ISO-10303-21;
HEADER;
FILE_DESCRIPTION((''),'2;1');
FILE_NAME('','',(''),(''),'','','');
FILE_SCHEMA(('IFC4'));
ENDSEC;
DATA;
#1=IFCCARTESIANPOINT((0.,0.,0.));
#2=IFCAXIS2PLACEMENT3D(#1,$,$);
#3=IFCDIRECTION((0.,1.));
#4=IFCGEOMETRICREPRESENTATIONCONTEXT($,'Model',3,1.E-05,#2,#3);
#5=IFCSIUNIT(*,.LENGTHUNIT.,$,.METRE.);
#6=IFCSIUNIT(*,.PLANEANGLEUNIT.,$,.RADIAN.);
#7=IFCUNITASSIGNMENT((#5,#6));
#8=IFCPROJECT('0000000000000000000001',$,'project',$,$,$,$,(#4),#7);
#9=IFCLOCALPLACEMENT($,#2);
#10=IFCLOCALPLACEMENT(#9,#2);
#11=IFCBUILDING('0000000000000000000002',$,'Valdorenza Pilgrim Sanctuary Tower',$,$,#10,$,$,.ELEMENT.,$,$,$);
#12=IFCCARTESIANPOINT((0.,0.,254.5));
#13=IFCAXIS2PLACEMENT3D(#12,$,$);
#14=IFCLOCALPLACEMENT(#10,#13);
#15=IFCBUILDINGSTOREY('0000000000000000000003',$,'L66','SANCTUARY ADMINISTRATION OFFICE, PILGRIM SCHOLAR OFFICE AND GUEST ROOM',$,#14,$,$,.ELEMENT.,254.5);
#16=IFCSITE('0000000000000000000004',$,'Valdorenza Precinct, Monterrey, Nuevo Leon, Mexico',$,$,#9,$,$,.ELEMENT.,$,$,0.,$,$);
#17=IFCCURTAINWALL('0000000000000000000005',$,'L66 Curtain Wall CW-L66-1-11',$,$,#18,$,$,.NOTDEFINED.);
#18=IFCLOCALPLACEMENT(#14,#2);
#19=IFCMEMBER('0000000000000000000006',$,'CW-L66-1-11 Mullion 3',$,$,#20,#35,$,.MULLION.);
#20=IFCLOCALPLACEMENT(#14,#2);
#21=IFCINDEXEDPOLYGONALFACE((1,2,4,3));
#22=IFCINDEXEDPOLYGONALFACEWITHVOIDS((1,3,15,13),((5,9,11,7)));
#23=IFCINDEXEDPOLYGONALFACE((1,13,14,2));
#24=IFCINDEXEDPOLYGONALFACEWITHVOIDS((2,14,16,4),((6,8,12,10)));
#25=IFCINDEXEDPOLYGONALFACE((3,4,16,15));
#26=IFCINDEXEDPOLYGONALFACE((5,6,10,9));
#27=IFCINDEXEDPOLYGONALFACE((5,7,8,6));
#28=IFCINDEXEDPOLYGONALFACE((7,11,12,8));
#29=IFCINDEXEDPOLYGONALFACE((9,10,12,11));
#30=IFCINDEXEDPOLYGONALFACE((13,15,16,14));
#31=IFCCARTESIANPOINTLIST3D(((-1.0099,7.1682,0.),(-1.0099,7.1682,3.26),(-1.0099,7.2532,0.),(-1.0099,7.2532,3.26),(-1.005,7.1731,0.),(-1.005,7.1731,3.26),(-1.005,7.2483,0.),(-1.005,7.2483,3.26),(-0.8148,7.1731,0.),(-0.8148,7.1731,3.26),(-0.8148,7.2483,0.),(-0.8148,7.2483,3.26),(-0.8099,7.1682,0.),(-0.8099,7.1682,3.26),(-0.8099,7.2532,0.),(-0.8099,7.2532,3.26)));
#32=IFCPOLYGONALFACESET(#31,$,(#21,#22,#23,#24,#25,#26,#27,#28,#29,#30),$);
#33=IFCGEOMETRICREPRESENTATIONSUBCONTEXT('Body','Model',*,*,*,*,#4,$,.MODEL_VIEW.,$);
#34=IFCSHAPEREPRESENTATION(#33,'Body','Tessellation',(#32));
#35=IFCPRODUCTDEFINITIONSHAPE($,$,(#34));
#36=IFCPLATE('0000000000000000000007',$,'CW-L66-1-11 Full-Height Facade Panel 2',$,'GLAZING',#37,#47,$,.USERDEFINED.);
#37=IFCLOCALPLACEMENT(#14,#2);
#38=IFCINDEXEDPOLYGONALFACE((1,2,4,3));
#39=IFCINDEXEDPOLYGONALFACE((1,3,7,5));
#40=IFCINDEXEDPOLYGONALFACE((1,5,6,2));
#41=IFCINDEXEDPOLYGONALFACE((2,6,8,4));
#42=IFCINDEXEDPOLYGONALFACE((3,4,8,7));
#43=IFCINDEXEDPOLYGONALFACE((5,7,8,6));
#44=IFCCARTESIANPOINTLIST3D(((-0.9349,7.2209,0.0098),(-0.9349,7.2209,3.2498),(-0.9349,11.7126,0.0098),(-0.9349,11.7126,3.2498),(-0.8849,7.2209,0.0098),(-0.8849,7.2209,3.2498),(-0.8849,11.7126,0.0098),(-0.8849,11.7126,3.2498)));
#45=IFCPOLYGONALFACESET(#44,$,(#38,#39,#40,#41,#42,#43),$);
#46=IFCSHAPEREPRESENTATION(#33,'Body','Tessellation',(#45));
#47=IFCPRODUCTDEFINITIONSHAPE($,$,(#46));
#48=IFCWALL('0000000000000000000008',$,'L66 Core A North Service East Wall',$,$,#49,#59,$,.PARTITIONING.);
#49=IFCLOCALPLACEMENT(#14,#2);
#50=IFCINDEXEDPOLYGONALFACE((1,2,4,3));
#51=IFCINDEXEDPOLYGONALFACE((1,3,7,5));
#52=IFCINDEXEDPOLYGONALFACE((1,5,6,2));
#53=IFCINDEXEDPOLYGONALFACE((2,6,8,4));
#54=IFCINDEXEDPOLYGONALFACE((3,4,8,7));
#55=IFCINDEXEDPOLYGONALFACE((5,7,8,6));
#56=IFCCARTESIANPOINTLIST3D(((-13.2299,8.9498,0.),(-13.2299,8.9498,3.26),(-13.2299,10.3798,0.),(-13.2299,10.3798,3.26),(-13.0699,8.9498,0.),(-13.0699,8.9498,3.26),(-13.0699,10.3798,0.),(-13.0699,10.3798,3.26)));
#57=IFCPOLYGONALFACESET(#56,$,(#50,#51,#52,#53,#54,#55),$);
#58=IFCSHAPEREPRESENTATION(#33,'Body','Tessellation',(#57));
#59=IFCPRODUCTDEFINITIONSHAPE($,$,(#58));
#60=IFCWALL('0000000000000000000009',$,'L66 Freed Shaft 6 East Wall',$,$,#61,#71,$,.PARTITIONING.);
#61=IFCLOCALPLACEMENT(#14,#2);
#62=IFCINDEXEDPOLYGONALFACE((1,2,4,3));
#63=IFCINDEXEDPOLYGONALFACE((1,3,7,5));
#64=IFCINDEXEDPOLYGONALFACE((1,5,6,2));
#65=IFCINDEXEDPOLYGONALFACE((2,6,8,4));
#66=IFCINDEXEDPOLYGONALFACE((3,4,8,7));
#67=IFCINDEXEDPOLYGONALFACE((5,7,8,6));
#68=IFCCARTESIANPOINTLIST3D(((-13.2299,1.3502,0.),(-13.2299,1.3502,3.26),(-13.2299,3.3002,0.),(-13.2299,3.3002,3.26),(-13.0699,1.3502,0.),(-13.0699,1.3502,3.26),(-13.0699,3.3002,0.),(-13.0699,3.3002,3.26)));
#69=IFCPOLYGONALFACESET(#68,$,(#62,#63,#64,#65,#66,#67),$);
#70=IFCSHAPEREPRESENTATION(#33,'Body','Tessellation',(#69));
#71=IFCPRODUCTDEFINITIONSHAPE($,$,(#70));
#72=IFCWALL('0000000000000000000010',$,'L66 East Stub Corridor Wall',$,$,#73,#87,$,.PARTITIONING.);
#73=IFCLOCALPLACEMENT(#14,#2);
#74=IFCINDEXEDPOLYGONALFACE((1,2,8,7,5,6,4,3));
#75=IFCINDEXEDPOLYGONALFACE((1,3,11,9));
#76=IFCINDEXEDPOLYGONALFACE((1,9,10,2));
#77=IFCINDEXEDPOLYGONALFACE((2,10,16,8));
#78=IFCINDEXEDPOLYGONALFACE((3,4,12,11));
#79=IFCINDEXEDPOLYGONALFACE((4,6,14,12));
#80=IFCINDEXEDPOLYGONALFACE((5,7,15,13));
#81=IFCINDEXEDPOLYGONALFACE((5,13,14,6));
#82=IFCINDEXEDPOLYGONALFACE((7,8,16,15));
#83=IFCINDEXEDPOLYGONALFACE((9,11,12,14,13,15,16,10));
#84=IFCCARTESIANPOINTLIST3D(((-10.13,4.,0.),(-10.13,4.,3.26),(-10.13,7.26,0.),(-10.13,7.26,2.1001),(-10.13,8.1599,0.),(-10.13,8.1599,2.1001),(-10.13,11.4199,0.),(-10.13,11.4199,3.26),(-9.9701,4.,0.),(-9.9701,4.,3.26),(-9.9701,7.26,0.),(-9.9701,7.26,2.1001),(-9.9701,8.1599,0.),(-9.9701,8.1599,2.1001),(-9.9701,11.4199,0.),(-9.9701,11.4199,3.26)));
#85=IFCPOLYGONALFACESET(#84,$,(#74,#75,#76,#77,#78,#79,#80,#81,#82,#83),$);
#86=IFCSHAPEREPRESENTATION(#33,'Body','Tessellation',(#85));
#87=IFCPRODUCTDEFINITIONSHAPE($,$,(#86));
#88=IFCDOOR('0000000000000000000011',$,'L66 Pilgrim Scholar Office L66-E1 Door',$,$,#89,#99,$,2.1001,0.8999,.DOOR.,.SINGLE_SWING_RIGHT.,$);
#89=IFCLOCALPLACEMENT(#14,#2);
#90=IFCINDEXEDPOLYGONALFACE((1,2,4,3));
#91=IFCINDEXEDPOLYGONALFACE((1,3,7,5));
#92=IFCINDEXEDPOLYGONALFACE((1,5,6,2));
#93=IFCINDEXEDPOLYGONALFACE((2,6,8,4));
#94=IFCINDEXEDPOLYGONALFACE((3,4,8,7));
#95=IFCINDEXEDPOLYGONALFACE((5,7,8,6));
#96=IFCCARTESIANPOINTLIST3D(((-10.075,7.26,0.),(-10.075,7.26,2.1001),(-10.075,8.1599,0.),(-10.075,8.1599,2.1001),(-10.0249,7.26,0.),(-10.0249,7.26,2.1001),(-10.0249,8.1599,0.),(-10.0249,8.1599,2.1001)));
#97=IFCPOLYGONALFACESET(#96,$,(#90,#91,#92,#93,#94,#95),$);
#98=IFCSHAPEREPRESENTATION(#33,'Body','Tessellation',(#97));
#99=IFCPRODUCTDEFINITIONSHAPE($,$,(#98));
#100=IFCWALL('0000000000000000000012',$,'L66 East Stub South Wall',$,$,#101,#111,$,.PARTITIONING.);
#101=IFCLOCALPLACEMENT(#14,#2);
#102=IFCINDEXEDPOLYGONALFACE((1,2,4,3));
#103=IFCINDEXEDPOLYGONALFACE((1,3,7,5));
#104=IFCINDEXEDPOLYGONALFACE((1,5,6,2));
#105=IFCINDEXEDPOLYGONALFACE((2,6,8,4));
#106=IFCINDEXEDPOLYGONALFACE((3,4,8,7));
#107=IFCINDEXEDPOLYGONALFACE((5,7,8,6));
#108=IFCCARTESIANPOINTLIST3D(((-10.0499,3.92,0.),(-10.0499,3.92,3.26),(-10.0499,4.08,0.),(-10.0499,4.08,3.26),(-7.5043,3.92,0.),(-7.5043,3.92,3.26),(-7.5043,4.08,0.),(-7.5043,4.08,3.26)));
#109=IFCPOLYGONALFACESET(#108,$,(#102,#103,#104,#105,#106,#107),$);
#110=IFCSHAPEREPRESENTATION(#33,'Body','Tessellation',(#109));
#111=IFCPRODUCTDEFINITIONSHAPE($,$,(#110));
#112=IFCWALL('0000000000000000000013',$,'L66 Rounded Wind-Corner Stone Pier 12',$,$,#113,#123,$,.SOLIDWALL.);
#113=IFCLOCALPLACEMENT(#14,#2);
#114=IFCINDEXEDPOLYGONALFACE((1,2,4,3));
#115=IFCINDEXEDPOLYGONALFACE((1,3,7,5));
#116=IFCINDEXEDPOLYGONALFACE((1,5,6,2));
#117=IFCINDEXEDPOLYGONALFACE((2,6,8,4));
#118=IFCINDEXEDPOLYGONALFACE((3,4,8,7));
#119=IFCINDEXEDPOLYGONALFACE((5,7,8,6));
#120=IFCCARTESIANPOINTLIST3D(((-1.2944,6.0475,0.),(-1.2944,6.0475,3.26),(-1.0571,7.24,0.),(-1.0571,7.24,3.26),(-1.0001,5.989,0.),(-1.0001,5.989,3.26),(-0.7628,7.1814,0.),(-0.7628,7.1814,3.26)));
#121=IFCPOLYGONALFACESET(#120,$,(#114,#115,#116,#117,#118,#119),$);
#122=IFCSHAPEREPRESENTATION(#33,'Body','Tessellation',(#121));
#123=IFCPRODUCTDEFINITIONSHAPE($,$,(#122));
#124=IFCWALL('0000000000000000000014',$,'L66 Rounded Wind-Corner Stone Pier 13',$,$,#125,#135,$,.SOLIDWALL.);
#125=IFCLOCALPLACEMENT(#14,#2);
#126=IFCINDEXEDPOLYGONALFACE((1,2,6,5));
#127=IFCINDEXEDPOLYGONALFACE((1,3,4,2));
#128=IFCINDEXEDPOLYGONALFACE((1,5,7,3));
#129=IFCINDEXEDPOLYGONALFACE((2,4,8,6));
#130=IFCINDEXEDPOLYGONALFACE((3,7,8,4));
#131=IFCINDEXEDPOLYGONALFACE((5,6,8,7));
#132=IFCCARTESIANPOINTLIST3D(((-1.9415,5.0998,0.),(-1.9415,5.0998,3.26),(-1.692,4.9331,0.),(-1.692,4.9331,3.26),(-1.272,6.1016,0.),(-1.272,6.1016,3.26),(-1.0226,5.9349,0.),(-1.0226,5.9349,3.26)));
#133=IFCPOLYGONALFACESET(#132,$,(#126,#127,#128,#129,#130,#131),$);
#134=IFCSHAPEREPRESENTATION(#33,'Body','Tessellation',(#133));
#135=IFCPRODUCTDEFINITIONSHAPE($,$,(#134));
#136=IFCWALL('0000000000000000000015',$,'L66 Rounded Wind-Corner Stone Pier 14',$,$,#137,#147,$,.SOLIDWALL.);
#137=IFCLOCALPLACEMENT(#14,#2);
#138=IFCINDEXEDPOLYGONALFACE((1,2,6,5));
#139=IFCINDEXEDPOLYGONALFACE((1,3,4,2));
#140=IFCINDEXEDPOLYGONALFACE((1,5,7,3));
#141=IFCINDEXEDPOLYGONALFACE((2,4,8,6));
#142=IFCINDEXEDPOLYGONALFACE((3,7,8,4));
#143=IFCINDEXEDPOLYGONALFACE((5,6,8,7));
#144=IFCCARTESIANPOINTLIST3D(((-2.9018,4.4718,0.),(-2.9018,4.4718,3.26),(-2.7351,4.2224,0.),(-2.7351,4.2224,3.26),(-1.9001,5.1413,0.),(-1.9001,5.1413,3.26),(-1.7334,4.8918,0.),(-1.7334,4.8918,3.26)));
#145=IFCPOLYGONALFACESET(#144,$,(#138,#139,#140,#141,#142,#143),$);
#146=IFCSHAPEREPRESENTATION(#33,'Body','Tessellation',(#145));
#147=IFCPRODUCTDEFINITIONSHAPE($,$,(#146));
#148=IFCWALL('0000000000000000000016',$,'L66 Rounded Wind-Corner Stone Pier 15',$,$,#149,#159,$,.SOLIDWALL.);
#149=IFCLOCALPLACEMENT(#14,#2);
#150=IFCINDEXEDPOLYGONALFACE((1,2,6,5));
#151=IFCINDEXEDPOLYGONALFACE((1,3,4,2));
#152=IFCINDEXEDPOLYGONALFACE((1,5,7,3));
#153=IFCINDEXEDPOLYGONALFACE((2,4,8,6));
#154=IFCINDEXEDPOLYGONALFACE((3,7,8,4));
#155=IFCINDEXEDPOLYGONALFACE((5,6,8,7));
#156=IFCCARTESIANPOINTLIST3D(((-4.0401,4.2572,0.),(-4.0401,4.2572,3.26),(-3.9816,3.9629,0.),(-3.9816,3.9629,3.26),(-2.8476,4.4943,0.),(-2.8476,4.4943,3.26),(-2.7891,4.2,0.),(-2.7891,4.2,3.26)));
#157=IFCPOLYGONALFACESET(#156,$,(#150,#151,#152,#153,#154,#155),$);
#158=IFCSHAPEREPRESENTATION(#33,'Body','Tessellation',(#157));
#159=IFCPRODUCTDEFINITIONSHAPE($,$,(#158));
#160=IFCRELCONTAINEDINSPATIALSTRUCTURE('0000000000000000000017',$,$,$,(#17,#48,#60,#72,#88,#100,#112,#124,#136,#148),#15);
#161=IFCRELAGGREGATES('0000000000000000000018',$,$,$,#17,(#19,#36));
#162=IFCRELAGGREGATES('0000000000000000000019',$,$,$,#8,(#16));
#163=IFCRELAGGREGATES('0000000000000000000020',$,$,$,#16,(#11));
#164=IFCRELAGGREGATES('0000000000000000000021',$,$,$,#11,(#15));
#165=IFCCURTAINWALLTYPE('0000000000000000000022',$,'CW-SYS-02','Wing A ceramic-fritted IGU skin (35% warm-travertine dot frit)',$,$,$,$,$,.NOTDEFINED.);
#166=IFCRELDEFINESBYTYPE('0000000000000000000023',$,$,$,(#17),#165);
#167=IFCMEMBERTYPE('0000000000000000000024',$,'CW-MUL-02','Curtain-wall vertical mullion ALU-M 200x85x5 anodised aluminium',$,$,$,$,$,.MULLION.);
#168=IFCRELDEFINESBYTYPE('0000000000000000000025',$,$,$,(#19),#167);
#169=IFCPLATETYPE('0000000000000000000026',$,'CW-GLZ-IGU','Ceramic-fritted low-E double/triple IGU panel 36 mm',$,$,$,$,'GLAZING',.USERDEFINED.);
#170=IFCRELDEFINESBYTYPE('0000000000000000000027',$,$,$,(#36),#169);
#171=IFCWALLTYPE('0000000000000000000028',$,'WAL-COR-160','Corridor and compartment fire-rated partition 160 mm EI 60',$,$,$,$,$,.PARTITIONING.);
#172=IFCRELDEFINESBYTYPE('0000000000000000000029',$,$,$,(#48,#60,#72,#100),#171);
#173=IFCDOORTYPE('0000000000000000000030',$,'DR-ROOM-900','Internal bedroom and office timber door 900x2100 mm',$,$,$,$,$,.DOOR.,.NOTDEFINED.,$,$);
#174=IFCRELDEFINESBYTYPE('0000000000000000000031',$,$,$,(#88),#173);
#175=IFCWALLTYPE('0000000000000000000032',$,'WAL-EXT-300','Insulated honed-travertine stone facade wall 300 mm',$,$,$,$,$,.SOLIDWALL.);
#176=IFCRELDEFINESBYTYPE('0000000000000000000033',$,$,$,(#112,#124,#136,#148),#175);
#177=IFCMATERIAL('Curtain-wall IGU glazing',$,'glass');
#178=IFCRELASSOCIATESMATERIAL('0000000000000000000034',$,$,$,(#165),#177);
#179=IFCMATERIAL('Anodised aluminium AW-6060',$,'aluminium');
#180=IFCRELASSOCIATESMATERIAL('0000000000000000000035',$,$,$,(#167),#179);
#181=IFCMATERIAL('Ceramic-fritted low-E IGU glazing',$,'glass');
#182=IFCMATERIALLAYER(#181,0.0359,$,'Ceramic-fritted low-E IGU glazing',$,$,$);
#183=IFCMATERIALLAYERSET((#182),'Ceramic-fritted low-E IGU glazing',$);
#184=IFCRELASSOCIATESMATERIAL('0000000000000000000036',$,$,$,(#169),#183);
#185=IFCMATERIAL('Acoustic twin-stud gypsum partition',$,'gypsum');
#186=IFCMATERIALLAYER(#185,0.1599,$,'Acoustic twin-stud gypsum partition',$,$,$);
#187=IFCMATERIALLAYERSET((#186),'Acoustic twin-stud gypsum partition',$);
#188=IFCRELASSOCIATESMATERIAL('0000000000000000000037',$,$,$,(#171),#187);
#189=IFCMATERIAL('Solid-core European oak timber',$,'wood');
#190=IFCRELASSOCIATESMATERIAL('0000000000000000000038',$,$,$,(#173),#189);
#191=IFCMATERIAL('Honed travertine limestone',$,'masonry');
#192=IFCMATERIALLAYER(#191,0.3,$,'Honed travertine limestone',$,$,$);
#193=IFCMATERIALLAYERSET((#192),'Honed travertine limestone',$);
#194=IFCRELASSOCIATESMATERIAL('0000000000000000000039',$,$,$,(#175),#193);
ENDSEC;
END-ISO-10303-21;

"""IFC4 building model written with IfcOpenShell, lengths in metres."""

from ifc_helpers import new_model, si_unit, direction, frame, frame_2d, origin, origin_2d, place, context, subcontext, project, spatial, rectangle, hollow_rectangle, extrude, source, transform, mapped, material, layer, layer_set, material_profile, profile_set, type_object, element, fill, aggregate, save


model = new_model("IFC4")

# Units and contexts
model_context = context("Model", 3, precision=1e-05, world=origin(), true_north=direction((0.0, 1.0)))
body_context = subcontext(model_context, "Body", "Model", "MODEL_VIEW")
ifc_project = project(units=[si_unit("LENGTHUNIT", "METRE"), si_unit("PLANEANGLEUNIT", "RADIAN")], contexts=[model_context])

# Site, building, storey
site_placement = place(None, origin())
site = spatial("IfcSite", under=ifc_project, at=site_placement, Name="Valdorenza Precinct, Monterrey, Nuevo Leon, Mexico", CompositionType="ELEMENT", RefElevation=0.0)
building_placement = place(site_placement, origin())
building = spatial("IfcBuilding", under=site, at=building_placement, Name="Valdorenza Pilgrim Sanctuary Tower", CompositionType="ELEMENT")
storey_placement = place(building_placement, frame((0.0, 0.0, 254.5)))
storey = spatial("IfcBuildingStorey", under=building, at=storey_placement, Name="L66", Description="SANCTUARY ADMINISTRATION OFFICE, PILGRIM SCHOLAR OFFICE AND GUEST ROOM", CompositionType="ELEMENT", Elevation=254.5)

# Curtain wall, member, plate
ifc_material_1 = material(Name="Curtain-wall IGU glazing", Category="glass")
curtain_wall_type = type_object("IfcCurtainWallType", Name="CW-SYS-02", Description="Wing A ceramic-fritted IGU skin (35% warm-travertine dot frit)", PredefinedType="NOTDEFINED", material=ifc_material_1)
curtain_wall_placement = place(storey_placement, origin())
curtain_wall = element("IfcCurtainWall", 1, at=curtain_wall_placement, inside=storey, type_object=curtain_wall_type, Name="L66 Curtain Wall CW-L66-1-11", PredefinedType="NOTDEFINED")
ifc_material_2 = material(Name="Anodised aluminium AW-6060", Category="aluminium")
ifc_material_profile = material_profile(ifc_material_2, hollow_rectangle(XDim=0.085, YDim=0.2, WallThickness=0.0049, at=origin_2d()), Name="ALU-M 200x85x5")
ifc_profile_set = profile_set([ifc_material_profile], Name="Anodised aluminium AW-6060")
member_type = type_object("IfcMemberType", Name="CW-MUL-02", Description="Curtain-wall vertical mullion ALU-M 200x85x5 anodised aluminium", PredefinedType="MULLION", material=ifc_profile_set)
shared_shape_1 = source(origin(), body_context, "Body", "SweptSolid", [
    extrude(hollow_rectangle(XDim=0.085, YDim=0.2, WallThickness=0.0049, at=origin_2d()), origin(), (0.0, 0.0, 1.0), 3.26),
])
member_placement = place(storey_placement, frame((-0.9099, 7.2107, 0.0), z_axis=(0.0, 0.0, 1.0), x_axis=(0.0, -1.0, 0.0)))
member = element("IfcMember", 2, at=member_placement, type_object=member_type, Name="CW-L66-1-11 Mullion 3", PredefinedType="MULLION", context=body_context, shape_type="MappedRepresentation", body=[
    mapped(shared_shape_1, transform((0.0, 0.0, 0.0), x_axis=(1.0, 0.0, 0.0), y_axis=(0.0, 1.0, 0.0), z_axis=(0.0, 0.0, 1.0), scale=1.0)),
])
ifc_material_3 = material(Name="Ceramic-fritted low-E IGU glazing", Category="glass")
ifc_layer_1 = layer(ifc_material_3, 0.0359, Name="Ceramic-fritted low-E IGU glazing")
ifc_layer_set_1 = layer_set([ifc_layer_1], Name="Ceramic-fritted low-E IGU glazing")
plate_type = type_object("IfcPlateType", Name="CW-GLZ-IGU", Description="Ceramic-fritted low-E double/triple IGU panel 36 mm", ElementType="GLAZING", PredefinedType="USERDEFINED", material=ifc_layer_set_1)
shared_shape_2 = source(origin(), body_context, "Body", "SweptSolid", [
    extrude(rectangle(XDim=4.4917, YDim=0.05, at=origin_2d()), origin(), (0.0, 0.0, 1.0), 3.24),
])
plate_placement = place(storey_placement, frame((-0.9099, 9.4668, 0.0098), z_axis=(0.0, 0.0, 1.0), x_axis=(0.0, -1.0, 0.0)))
plate = element("IfcPlate", 3, at=plate_placement, type_object=plate_type, Name="CW-L66-1-11 Full-Height Facade Panel 2", ObjectType="GLAZING", PredefinedType="USERDEFINED", context=body_context, shape_type="MappedRepresentation", body=[
    mapped(shared_shape_2, transform((0.0, 0.0, 0.0), x_axis=(1.0, 0.0, 0.0), y_axis=(0.0, 1.0, 0.0), z_axis=(0.0, 0.0, 1.0), scale=1.0)),
])
aggregate(curtain_wall, [member, plate])

# Walls
ifc_material_4 = material(Name="Acoustic twin-stud gypsum partition", Category="gypsum")
ifc_layer_2 = layer(ifc_material_4, 0.1599, Name="Acoustic twin-stud gypsum partition")
ifc_layer_set_2 = layer_set([ifc_layer_2], Name="Acoustic twin-stud gypsum partition")
wall_type_1 = type_object("IfcWallType", Name="WAL-COR-160", Description="Corridor and compartment fire-rated partition 160 mm EI 60", PredefinedType="PARTITIONING", material=ifc_layer_set_2)
wall_1_placement = place(storey_placement, frame((-13.1499, 8.95, 0.0), z_axis=(0.0, 0.0, 1.0), x_axis=(0.0, 1.0, 0.0)))
element("IfcWall", 4, at=wall_1_placement, inside=storey, type_object=wall_type_1, Name="L66 Core A North Service East Wall", PredefinedType="PARTITIONING", context=body_context, shape_type="SweptSolid", body=[
    extrude(rectangle(XDim=1.4299, YDim=0.1599, at=frame_2d((0.7148, 0.0))), origin(), (0.0, 0.0, 1.0), 3.26),
])
wall_2_placement = place(storey_placement, frame((-13.1499, 1.3501, 0.0), z_axis=(0.0, 0.0, 1.0), x_axis=(0.0, 1.0, 0.0)))
element("IfcWall", 5, at=wall_2_placement, inside=storey, type_object=wall_type_1, Name="L66 Freed Shaft 6 East Wall", PredefinedType="PARTITIONING", context=body_context, shape_type="SweptSolid", body=[
    extrude(rectangle(XDim=1.95, YDim=0.1599, at=frame_2d((0.9751, 0.0))), origin(), (0.0, 0.0, 1.0), 3.26),
])

# Wall, opening, door
wall_3_placement = place(storey_placement, frame((-10.05, 4.0, 0.0), z_axis=(0.0, 0.0, 1.0), x_axis=(0.0, 1.0, 0.0)))
wall_3 = element("IfcWall", 6, at=wall_3_placement, inside=storey, type_object=wall_type_1, Name="L66 East Stub Corridor Wall", PredefinedType="PARTITIONING", context=body_context, shape_type="SweptSolid", body=[
    extrude(rectangle(XDim=7.4199, YDim=0.1599, at=frame_2d((3.71, 0.0))), origin(), (0.0, 0.0, 1.0), 3.26),
])
opening_1_placement = place(wall_3_placement, frame((3.26, 0.0, 0.0)))
opening_1 = element("IfcOpeningElement", 7, at=opening_1_placement, cuts=wall_3, PredefinedType="OPENING", context=body_context, shape_type="SweptSolid", body=[
    extrude(rectangle(XDim=0.8999, YDim=2.1001, at=frame_2d((0.45, 1.05))), frame((0.0, 0.0947, 0.0), z_axis=(0.0, -1.0, 0.0), x_axis=(1.0, 0.0, 0.0)), (0.0, 0.0, 1.0), 0.1897),
])
ifc_material_5 = material(Name="Solid-core European oak timber", Category="wood")
door_type_1 = type_object("IfcDoorType", Name="DR-ROOM-900", Description="Internal bedroom and office timber door 900x2100 mm", OperationType="NOTDEFINED", PredefinedType="DOOR", material=ifc_material_5)
door_1_placement = place(opening_1_placement, origin())
door_1 = element("IfcDoor", 8, at=door_1_placement, inside=storey, type_object=door_type_1, Name="L66 Pilgrim Scholar Office L66-E1 Door", OperationType="SINGLE_SWING_RIGHT", OverallHeight=2.1001, OverallWidth=0.8999, PredefinedType="DOOR", context=body_context, shape_type="SweptSolid", body=[
    extrude(rectangle(XDim=0.8999, YDim=2.1001, at=frame_2d((0.45, 1.05))), frame((0.0, 0.0249, 0.0), z_axis=(0.0, -1.0, 0.0), x_axis=(1.0, 0.0, 0.0)), (0.0, 0.0, 1.0), 0.05),
])
fill(opening_1, door_1)

# Walls
wall_4_placement = place(storey_placement, frame((-10.05, 4.0, 0.0), z_axis=(0.0, 0.0, 1.0), x_axis=(1.0, 0.0, 0.0)))
element("IfcWall", 9, at=wall_4_placement, inside=storey, type_object=wall_type_1, Name="L66 East Stub South Wall", PredefinedType="PARTITIONING", context=body_context, shape_type="SweptSolid", body=[
    extrude(rectangle(XDim=2.5457, YDim=0.1599, at=frame_2d((1.2729, 0.0))), origin(), (0.0, 0.0, 1.0), 3.26),
])
ifc_material_6 = material(Name="Honed travertine limestone", Category="masonry")
ifc_layer_3 = layer(ifc_material_6, 0.3, Name="Honed travertine limestone")
ifc_layer_set_3 = layer_set([ifc_layer_3], Name="Honed travertine limestone")
wall_type_2 = type_object("IfcWallType", Name="WAL-EXT-300", Description="Insulated honed-travertine stone facade wall 300 mm", PredefinedType="SOLIDWALL", material=ifc_layer_set_3)
wall_5_placement = place(storey_placement, frame((-0.9099, 7.2107, 0.0), z_axis=(0.0, 0.0, 1.0), x_axis=(-0.195189, -0.980766, 0.0)))
element("IfcWall", 10, at=wall_5_placement, inside=storey, type_object=wall_type_2, Name="L66 Rounded Wind-Corner Stone Pier 12", PredefinedType="SOLIDWALL", context=body_context, shape_type="SweptSolid", body=[
    extrude(rectangle(XDim=1.2158, YDim=0.3, at=frame_2d((0.6079, 0.0))), origin(), (0.0, 0.0, 1.0), 3.26),
])
for number, where, z_axis, x_axis, name in (
    (11, (-1.1472, 6.0183, 0.0), (0.0, 0.0, 1.0), (-0.555635, -0.831426, 0.0), "L66 Rounded Wind-Corner Stone Pier 13"),
    (12, (-1.8167, 5.0166, 0.0), (0.0, 0.0, 1.0), (-0.831426, -0.555635, 0.0), "L66 Rounded Wind-Corner Stone Pier 14"),
):
    element("IfcWall", number, at=place(storey_placement, frame(where, z_axis=z_axis, x_axis=x_axis)), inside=storey, type_object=wall_type_2, Name=name, PredefinedType="SOLIDWALL", context=body_context, shape_type="SweptSolid", body=[
        extrude(rectangle(XDim=1.2048, YDim=0.3, at=frame_2d((0.6025, 0.0))), origin(), (0.0, 0.0, 1.0), 3.26),
    ])
wall_6_placement = place(storey_placement, frame((-2.8184, 4.3472, 0.0), z_axis=(0.0, 0.0, 1.0), x_axis=(-0.980804, -0.194996, 0.0)))
element("IfcWall", 13, at=wall_6_placement, inside=storey, type_object=wall_type_2, Name="L66 Rounded Wind-Corner Stone Pier 15", PredefinedType="SOLIDWALL", context=body_context, shape_type="SweptSolid", body=[
    extrude(rectangle(XDim=1.2158, YDim=0.3, at=frame_2d((0.6079, 0.0))), origin(), (0.0, 0.0, 1.0), 3.26),
])

save(model, "model.ifc")
